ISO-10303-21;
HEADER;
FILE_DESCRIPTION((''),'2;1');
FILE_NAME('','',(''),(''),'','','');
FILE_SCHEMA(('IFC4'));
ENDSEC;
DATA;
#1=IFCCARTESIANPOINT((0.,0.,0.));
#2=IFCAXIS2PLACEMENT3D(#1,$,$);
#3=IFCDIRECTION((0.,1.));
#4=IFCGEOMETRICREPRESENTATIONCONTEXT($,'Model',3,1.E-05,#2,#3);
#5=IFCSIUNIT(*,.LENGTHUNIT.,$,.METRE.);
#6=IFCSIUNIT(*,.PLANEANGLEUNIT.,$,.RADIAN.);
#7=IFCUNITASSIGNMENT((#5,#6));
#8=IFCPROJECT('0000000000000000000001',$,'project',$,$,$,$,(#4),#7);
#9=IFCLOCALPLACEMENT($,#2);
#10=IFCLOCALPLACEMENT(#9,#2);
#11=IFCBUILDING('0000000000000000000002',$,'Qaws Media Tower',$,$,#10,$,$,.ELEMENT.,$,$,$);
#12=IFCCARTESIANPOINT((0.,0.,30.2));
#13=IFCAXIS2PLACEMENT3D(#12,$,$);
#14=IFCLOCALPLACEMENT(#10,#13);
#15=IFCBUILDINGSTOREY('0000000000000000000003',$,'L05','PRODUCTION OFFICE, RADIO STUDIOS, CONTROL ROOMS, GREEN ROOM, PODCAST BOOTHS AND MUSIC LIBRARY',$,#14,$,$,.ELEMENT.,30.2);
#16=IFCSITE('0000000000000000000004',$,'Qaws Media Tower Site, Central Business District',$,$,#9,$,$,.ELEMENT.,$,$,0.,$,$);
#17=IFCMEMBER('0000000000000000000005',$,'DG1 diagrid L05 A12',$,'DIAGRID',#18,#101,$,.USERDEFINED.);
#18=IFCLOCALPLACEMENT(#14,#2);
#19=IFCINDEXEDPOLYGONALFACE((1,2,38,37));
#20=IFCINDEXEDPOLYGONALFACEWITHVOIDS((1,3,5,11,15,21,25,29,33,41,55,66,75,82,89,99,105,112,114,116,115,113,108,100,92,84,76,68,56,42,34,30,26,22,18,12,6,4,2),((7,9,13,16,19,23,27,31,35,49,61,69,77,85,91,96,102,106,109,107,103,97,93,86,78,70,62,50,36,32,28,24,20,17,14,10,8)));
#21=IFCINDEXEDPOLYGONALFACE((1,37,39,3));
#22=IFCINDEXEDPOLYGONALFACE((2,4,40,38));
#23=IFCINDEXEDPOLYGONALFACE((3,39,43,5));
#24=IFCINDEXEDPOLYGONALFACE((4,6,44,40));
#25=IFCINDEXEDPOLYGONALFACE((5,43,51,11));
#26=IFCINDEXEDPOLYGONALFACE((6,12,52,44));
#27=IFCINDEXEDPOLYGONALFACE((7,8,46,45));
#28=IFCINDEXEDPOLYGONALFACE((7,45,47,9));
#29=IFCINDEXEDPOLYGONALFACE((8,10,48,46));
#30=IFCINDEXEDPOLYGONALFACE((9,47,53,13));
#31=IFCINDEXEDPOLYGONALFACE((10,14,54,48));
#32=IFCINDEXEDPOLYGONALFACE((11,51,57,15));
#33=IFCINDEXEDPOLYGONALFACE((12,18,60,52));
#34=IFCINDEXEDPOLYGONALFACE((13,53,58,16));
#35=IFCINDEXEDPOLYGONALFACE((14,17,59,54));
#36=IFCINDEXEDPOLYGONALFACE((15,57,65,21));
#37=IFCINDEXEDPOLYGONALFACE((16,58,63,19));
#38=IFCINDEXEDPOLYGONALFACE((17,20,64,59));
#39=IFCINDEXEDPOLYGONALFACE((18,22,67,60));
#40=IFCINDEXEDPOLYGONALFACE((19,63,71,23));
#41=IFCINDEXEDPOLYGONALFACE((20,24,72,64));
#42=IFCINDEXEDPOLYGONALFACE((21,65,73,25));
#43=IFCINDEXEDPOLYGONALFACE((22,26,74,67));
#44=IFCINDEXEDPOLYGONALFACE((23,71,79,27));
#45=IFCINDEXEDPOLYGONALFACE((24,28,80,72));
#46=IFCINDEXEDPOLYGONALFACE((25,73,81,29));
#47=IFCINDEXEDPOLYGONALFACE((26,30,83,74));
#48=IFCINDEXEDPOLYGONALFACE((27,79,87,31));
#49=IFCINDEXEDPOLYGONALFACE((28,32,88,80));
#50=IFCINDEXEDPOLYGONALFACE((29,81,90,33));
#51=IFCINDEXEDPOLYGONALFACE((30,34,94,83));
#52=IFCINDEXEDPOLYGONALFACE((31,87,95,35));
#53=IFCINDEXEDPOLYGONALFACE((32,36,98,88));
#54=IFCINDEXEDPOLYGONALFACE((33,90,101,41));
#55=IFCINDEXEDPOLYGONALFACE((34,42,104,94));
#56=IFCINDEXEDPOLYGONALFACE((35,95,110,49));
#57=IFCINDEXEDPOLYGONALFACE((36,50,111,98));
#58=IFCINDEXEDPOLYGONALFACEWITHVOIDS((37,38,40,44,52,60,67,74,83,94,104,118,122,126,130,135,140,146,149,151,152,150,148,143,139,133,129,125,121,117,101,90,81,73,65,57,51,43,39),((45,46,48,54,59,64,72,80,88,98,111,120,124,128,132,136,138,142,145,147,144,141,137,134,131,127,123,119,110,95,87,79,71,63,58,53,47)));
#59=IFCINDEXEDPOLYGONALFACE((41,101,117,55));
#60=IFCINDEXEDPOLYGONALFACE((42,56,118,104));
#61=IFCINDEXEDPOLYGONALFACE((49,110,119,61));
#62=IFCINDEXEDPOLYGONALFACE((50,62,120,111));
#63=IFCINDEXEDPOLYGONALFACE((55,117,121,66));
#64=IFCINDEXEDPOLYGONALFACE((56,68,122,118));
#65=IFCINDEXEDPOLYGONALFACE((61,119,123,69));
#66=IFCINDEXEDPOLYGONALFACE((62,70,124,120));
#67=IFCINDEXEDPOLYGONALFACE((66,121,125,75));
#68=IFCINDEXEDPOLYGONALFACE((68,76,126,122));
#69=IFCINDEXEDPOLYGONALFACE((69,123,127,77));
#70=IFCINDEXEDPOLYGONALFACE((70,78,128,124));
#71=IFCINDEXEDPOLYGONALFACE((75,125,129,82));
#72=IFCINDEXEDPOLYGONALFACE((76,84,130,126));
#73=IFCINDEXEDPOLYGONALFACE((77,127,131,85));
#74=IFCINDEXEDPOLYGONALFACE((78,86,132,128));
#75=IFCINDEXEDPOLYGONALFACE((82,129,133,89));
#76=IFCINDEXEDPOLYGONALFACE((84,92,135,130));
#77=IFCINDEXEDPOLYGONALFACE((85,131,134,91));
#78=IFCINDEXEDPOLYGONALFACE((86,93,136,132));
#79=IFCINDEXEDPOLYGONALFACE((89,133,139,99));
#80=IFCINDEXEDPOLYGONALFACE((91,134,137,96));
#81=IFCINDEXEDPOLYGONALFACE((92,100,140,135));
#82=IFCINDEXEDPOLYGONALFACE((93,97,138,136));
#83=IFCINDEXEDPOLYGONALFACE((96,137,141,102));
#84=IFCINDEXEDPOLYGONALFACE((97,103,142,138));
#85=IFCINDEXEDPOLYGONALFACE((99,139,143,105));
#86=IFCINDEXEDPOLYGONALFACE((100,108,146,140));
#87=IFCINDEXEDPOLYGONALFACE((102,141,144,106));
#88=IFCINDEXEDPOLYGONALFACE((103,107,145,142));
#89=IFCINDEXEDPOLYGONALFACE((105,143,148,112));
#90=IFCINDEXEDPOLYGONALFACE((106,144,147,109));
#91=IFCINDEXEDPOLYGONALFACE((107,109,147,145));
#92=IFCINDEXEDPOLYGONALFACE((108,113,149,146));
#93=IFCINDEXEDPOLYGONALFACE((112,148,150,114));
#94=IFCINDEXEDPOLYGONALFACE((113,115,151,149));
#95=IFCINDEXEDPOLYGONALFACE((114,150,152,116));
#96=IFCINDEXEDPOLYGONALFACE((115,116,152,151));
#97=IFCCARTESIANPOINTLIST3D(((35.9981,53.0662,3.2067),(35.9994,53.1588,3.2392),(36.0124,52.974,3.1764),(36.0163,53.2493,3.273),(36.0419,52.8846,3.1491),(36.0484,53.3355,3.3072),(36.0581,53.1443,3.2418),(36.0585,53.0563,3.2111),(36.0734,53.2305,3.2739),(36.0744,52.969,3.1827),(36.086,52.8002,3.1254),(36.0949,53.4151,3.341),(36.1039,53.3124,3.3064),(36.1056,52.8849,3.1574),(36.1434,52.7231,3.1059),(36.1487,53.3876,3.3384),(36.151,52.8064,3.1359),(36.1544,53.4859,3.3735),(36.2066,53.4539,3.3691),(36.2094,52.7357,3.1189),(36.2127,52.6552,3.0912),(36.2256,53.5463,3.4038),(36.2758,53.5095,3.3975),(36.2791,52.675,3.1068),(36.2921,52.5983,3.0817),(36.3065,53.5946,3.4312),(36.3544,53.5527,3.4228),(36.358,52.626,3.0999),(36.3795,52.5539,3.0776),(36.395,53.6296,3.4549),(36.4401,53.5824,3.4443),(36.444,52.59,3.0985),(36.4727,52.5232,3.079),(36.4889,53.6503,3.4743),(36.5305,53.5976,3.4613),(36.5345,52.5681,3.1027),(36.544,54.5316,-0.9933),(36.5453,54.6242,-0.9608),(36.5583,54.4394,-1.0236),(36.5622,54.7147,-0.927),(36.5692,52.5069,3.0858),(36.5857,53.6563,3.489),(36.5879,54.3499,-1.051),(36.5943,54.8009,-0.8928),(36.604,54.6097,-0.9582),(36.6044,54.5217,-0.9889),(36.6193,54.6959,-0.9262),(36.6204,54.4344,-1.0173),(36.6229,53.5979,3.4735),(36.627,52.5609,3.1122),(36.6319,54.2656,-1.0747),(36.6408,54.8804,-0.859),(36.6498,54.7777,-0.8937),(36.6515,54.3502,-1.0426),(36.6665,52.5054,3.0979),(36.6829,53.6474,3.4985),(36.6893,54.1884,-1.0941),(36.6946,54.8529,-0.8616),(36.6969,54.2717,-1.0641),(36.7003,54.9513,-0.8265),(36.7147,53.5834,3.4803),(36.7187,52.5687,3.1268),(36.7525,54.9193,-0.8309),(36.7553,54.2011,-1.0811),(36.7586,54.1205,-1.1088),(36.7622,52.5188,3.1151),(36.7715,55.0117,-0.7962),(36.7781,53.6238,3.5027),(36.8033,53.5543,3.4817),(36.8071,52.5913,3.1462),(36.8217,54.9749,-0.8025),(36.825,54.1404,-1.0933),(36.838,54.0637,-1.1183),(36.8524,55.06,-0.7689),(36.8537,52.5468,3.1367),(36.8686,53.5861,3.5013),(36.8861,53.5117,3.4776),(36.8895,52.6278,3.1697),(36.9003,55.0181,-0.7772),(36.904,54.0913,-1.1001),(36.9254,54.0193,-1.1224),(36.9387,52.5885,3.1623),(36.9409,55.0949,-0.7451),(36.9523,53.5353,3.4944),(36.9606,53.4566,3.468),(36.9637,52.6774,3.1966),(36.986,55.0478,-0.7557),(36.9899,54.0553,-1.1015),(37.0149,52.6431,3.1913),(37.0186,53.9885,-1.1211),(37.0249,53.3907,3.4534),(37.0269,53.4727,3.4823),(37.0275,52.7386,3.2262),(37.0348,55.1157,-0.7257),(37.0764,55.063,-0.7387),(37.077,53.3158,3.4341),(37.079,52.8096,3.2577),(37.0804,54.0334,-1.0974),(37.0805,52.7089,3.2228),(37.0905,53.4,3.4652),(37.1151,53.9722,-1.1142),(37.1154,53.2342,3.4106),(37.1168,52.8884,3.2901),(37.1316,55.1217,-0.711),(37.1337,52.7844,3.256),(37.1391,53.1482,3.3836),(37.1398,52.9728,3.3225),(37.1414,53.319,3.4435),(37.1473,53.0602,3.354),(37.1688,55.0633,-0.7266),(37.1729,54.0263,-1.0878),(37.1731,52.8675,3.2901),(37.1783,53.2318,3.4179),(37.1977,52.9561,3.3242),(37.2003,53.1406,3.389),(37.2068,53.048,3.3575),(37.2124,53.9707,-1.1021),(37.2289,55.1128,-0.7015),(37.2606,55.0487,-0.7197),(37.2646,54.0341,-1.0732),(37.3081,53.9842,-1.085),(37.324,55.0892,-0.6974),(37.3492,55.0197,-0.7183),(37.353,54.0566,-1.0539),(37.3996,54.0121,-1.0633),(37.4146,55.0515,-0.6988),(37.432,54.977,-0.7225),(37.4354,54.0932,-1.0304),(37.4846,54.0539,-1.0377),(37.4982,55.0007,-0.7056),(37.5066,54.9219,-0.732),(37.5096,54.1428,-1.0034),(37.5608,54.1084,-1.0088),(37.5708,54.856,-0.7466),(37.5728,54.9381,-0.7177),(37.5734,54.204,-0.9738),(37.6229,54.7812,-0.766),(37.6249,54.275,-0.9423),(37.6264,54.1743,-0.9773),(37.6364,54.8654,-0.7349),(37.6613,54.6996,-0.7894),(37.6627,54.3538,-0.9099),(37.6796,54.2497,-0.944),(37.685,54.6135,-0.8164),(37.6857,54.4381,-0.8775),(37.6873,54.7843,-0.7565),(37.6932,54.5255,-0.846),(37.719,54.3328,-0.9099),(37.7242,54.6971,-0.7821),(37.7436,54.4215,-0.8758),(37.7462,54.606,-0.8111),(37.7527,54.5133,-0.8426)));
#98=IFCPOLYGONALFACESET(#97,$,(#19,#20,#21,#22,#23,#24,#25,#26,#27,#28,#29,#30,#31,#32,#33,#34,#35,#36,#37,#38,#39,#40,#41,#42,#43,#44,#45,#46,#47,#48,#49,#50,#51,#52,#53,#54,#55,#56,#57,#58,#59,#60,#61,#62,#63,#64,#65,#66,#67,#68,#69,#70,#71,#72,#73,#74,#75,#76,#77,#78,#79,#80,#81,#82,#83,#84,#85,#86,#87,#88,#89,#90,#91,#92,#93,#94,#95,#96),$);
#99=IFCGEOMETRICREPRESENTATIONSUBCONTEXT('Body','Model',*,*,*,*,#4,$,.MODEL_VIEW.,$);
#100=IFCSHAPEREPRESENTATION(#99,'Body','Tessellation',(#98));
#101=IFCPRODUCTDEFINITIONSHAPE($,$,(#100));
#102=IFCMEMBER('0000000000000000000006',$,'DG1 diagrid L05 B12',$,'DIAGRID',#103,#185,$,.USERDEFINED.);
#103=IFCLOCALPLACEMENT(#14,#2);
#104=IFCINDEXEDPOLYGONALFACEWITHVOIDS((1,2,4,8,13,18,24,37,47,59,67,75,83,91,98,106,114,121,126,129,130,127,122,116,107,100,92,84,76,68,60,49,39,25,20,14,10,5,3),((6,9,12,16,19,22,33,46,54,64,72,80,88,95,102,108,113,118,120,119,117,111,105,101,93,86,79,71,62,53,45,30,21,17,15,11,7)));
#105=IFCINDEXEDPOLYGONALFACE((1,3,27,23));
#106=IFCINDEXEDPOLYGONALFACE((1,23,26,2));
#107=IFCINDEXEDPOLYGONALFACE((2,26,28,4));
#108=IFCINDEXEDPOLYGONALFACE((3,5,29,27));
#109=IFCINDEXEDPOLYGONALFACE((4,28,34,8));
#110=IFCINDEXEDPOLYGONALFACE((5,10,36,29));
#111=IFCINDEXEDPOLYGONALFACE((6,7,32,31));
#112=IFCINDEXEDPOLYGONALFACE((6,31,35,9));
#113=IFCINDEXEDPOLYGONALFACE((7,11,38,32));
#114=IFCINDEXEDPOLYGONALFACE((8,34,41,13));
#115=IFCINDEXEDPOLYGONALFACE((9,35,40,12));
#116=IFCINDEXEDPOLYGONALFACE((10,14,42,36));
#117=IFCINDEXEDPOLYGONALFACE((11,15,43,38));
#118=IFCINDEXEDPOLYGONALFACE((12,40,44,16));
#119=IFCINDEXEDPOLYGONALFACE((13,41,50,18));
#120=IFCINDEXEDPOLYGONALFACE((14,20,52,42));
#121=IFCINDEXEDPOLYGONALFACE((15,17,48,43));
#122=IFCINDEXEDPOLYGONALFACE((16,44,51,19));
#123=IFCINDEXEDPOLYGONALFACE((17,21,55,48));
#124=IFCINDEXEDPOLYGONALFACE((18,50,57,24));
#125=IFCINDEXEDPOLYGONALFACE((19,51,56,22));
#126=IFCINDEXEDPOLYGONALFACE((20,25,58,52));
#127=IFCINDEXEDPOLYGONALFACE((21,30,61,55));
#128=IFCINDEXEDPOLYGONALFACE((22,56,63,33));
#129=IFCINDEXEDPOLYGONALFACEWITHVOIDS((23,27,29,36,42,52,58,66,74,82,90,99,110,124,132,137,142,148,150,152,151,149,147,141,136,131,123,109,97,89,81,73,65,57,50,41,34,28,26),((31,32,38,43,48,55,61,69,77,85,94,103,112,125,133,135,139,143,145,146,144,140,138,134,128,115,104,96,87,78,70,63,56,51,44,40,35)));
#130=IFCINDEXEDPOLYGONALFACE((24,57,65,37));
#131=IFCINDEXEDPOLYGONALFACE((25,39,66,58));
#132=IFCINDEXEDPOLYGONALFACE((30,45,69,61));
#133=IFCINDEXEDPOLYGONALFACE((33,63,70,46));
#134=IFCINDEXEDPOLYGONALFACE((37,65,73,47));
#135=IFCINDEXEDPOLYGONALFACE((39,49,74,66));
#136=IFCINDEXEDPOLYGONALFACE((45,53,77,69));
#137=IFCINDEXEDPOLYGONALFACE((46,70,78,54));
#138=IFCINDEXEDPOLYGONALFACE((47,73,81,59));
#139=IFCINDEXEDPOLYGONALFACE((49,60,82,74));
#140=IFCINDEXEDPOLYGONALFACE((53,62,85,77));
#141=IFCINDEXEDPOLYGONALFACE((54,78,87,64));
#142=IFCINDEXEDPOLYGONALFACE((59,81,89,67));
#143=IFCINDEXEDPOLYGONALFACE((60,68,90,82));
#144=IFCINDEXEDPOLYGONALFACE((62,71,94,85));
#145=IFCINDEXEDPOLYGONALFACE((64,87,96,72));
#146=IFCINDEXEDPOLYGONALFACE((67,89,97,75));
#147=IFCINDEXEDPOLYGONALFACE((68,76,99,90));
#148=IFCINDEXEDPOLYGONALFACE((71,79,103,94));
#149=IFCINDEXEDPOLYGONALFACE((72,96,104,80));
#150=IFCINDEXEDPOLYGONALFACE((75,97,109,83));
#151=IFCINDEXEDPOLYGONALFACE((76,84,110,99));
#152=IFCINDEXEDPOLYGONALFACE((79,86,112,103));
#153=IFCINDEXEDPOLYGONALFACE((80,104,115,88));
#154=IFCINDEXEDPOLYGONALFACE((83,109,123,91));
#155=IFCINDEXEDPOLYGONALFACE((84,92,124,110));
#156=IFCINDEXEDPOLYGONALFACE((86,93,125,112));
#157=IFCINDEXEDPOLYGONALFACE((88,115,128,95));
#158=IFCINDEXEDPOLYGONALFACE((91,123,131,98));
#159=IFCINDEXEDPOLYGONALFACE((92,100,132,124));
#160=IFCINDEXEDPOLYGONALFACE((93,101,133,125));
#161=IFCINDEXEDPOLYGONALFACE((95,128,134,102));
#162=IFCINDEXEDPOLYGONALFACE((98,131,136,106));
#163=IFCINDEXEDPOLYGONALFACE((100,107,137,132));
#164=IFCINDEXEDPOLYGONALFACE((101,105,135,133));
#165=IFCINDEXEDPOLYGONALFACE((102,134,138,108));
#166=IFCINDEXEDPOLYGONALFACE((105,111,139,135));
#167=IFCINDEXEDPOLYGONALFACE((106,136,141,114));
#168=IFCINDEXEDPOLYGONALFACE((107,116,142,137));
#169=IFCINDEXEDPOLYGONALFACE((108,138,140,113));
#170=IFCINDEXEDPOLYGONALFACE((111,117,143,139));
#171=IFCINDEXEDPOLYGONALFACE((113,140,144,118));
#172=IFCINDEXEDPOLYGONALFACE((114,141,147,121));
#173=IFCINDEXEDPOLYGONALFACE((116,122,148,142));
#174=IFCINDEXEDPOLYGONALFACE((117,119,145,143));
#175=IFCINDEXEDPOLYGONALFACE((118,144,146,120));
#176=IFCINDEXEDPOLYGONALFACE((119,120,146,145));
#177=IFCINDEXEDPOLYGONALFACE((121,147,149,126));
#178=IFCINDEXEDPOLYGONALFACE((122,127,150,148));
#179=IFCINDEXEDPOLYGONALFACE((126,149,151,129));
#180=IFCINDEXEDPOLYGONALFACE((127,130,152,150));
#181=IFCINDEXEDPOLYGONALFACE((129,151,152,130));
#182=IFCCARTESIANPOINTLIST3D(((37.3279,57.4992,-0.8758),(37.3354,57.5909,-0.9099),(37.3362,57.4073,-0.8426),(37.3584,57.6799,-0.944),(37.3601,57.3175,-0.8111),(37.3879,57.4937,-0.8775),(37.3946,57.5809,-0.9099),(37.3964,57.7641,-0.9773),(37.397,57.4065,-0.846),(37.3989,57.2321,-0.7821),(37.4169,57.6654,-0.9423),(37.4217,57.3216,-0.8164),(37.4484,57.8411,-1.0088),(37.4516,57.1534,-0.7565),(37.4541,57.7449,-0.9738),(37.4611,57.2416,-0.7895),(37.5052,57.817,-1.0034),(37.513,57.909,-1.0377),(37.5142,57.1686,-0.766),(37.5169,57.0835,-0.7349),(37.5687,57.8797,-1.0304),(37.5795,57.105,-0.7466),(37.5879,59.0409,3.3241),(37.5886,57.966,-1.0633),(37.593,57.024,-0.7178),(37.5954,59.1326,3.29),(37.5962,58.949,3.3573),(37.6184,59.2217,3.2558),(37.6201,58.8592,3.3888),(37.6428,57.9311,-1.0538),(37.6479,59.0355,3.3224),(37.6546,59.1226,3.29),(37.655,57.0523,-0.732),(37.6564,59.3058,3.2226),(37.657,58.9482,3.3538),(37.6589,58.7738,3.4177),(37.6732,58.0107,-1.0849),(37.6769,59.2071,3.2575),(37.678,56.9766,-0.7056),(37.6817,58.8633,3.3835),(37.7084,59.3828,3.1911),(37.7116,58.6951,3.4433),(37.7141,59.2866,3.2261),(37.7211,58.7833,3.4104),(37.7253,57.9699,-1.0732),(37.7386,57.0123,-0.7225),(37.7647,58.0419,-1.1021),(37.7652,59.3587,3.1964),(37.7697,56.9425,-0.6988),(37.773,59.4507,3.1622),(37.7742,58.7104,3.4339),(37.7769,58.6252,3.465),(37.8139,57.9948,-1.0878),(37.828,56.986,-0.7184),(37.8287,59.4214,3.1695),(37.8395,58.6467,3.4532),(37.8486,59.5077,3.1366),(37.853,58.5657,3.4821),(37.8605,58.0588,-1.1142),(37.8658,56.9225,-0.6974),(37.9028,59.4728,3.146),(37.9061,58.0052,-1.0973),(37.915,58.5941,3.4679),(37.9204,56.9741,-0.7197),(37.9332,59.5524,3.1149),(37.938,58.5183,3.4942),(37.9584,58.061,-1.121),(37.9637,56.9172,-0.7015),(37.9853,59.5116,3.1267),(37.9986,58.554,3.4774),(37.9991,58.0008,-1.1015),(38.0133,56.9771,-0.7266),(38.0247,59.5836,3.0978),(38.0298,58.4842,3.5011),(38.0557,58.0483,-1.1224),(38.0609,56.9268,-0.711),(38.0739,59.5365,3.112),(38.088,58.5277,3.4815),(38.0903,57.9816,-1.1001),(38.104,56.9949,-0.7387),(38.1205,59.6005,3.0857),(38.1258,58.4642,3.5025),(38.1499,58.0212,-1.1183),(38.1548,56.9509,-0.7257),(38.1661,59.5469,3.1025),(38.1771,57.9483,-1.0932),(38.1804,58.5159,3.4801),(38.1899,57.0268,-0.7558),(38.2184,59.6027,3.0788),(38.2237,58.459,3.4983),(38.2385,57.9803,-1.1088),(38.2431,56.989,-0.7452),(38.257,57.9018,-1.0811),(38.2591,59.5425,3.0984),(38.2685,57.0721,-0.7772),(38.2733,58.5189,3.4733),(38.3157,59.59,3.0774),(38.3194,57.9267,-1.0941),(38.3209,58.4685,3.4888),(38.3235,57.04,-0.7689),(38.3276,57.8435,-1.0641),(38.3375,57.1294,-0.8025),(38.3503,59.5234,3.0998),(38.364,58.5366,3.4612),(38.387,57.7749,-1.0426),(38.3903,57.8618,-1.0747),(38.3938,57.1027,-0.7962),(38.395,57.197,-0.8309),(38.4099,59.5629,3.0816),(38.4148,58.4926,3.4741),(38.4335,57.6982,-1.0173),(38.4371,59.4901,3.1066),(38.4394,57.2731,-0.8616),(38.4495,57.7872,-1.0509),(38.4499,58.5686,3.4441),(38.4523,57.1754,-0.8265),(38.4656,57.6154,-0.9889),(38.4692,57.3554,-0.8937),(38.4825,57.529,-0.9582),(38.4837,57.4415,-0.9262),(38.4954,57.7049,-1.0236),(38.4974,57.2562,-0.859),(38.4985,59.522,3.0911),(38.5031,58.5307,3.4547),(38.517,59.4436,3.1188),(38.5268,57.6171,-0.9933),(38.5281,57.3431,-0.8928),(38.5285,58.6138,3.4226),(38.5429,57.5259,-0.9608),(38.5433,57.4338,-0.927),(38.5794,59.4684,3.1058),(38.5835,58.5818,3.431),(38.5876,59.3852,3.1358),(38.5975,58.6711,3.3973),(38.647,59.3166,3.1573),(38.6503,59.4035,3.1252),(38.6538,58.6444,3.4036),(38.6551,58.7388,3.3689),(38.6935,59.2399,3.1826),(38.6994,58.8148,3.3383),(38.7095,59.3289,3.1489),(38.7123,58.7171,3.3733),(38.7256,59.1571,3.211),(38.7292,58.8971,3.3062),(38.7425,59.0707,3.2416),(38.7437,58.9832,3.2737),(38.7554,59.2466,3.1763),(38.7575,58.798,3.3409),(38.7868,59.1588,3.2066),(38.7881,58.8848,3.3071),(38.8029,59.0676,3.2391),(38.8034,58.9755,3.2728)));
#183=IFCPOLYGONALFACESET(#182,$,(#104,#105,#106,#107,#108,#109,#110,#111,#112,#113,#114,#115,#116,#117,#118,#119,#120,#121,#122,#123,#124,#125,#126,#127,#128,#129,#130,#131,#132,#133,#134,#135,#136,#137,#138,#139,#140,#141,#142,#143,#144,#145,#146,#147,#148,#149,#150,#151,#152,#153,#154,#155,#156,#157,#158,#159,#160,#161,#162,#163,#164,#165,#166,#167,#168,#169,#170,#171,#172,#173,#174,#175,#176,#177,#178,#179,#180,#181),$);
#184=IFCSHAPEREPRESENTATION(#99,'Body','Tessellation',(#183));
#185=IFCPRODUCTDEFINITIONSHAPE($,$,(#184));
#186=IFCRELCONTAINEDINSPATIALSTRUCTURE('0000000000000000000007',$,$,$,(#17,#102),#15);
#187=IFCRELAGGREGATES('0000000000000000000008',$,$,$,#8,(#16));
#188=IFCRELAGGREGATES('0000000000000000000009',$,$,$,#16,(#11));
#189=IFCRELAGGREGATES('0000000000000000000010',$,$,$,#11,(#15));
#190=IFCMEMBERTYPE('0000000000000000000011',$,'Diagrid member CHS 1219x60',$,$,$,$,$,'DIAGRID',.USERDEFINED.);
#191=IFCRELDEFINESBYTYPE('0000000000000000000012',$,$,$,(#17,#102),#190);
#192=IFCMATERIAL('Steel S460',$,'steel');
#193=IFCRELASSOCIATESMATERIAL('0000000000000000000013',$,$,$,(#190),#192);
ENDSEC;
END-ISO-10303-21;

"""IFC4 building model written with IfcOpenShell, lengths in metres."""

from ifc_helpers import new_model, si_unit, direction, frame, origin, origin_2d, place, context, subcontext, project, spatial, hollow_circle, extrude, material, material_profile, profile_set, type_object, element, save


model = new_model("IFC4")

# Units and contexts
model_context = context("Model", 3, precision=1e-05, world=origin(), true_north=direction((0.0, 1.0)))
body_context = subcontext(model_context, "Body", "Model", "MODEL_VIEW")
ifc_project = project(units=[si_unit("LENGTHUNIT", "METRE"), si_unit("PLANEANGLEUNIT", "RADIAN")], contexts=[model_context])

# Site, building, storey
site_placement = place(None, origin())
site = spatial("IfcSite", under=ifc_project, at=site_placement, Name="Qaws Media Tower Site, Central Business District", CompositionType="ELEMENT", RefElevation=0.0)
building_placement = place(site_placement, origin())
building = spatial("IfcBuilding", under=site, at=building_placement, Name="Qaws Media Tower", CompositionType="ELEMENT")
storey_placement = place(building_placement, frame((0.0, 0.0, 30.2)))
storey = spatial("IfcBuildingStorey", under=building, at=storey_placement, Name="L05", Description="PRODUCTION OFFICE, RADIO STUDIOS, CONTROL ROOMS, GREEN ROOM, PODCAST BOOTHS AND MUSIC LIBRARY", CompositionType="ELEMENT", Elevation=30.2)

# Members
ifc_material_1 = material(Name="Steel S460", Category="steel")
ifc_material_profile_1 = material_profile(ifc_material_1, hollow_circle(Radius=0.6096, WallThickness=0.0601, at=origin_2d()), Name="CHS 1219x60")
ifc_profile_set_1 = profile_set([ifc_material_profile_1], Name="Steel S460")
member_type_1 = type_object("IfcMemberType", Name="Diagrid member CHS 1219x60", ElementType="DIAGRID", PredefinedType="USERDEFINED", material=ifc_profile_set_1)
member_1_placement = place(storey_placement, frame((37.1477, 54.5457, -0.9099), z_axis=(-0.121809, -0.326966, 0.937153), x_axis=(0.937084, -0.349104, 0.0)))
element("IfcMember", 1, at=member_1_placement, inside=storey, type_object=member_type_1, Name="DG1 diagrid L05 A12", ObjectType="DIAGRID", PredefinedType="USERDEFINED", context=body_context, shape_type="SweptSolid", body=[
    extrude(hollow_circle(Radius=0.6096, WallThickness=0.0601, at=origin_2d()), origin(), (0.0, 0.0, 1.0), 4.4817),
])
member_2_placement = place(storey_placement, frame((37.9365, 57.4895, -0.9099), z_axis=(0.058018, 0.344022, 0.937167), x_axis=(-0.986076, 0.166298, 0.0)))
element("IfcMember", 2, at=member_2_placement, inside=storey, type_object=member_type_1, Name="DG1 diagrid L05 B12", ObjectType="DIAGRID", PredefinedType="USERDEFINED", context=body_context, shape_type="SweptSolid", body=[
    extrude(hollow_circle(Radius=0.6096, WallThickness=0.0601, at=origin_2d()), origin(), (0.0, 0.0, 1.0), 4.4814),
])

save(model, "model.ifc")
